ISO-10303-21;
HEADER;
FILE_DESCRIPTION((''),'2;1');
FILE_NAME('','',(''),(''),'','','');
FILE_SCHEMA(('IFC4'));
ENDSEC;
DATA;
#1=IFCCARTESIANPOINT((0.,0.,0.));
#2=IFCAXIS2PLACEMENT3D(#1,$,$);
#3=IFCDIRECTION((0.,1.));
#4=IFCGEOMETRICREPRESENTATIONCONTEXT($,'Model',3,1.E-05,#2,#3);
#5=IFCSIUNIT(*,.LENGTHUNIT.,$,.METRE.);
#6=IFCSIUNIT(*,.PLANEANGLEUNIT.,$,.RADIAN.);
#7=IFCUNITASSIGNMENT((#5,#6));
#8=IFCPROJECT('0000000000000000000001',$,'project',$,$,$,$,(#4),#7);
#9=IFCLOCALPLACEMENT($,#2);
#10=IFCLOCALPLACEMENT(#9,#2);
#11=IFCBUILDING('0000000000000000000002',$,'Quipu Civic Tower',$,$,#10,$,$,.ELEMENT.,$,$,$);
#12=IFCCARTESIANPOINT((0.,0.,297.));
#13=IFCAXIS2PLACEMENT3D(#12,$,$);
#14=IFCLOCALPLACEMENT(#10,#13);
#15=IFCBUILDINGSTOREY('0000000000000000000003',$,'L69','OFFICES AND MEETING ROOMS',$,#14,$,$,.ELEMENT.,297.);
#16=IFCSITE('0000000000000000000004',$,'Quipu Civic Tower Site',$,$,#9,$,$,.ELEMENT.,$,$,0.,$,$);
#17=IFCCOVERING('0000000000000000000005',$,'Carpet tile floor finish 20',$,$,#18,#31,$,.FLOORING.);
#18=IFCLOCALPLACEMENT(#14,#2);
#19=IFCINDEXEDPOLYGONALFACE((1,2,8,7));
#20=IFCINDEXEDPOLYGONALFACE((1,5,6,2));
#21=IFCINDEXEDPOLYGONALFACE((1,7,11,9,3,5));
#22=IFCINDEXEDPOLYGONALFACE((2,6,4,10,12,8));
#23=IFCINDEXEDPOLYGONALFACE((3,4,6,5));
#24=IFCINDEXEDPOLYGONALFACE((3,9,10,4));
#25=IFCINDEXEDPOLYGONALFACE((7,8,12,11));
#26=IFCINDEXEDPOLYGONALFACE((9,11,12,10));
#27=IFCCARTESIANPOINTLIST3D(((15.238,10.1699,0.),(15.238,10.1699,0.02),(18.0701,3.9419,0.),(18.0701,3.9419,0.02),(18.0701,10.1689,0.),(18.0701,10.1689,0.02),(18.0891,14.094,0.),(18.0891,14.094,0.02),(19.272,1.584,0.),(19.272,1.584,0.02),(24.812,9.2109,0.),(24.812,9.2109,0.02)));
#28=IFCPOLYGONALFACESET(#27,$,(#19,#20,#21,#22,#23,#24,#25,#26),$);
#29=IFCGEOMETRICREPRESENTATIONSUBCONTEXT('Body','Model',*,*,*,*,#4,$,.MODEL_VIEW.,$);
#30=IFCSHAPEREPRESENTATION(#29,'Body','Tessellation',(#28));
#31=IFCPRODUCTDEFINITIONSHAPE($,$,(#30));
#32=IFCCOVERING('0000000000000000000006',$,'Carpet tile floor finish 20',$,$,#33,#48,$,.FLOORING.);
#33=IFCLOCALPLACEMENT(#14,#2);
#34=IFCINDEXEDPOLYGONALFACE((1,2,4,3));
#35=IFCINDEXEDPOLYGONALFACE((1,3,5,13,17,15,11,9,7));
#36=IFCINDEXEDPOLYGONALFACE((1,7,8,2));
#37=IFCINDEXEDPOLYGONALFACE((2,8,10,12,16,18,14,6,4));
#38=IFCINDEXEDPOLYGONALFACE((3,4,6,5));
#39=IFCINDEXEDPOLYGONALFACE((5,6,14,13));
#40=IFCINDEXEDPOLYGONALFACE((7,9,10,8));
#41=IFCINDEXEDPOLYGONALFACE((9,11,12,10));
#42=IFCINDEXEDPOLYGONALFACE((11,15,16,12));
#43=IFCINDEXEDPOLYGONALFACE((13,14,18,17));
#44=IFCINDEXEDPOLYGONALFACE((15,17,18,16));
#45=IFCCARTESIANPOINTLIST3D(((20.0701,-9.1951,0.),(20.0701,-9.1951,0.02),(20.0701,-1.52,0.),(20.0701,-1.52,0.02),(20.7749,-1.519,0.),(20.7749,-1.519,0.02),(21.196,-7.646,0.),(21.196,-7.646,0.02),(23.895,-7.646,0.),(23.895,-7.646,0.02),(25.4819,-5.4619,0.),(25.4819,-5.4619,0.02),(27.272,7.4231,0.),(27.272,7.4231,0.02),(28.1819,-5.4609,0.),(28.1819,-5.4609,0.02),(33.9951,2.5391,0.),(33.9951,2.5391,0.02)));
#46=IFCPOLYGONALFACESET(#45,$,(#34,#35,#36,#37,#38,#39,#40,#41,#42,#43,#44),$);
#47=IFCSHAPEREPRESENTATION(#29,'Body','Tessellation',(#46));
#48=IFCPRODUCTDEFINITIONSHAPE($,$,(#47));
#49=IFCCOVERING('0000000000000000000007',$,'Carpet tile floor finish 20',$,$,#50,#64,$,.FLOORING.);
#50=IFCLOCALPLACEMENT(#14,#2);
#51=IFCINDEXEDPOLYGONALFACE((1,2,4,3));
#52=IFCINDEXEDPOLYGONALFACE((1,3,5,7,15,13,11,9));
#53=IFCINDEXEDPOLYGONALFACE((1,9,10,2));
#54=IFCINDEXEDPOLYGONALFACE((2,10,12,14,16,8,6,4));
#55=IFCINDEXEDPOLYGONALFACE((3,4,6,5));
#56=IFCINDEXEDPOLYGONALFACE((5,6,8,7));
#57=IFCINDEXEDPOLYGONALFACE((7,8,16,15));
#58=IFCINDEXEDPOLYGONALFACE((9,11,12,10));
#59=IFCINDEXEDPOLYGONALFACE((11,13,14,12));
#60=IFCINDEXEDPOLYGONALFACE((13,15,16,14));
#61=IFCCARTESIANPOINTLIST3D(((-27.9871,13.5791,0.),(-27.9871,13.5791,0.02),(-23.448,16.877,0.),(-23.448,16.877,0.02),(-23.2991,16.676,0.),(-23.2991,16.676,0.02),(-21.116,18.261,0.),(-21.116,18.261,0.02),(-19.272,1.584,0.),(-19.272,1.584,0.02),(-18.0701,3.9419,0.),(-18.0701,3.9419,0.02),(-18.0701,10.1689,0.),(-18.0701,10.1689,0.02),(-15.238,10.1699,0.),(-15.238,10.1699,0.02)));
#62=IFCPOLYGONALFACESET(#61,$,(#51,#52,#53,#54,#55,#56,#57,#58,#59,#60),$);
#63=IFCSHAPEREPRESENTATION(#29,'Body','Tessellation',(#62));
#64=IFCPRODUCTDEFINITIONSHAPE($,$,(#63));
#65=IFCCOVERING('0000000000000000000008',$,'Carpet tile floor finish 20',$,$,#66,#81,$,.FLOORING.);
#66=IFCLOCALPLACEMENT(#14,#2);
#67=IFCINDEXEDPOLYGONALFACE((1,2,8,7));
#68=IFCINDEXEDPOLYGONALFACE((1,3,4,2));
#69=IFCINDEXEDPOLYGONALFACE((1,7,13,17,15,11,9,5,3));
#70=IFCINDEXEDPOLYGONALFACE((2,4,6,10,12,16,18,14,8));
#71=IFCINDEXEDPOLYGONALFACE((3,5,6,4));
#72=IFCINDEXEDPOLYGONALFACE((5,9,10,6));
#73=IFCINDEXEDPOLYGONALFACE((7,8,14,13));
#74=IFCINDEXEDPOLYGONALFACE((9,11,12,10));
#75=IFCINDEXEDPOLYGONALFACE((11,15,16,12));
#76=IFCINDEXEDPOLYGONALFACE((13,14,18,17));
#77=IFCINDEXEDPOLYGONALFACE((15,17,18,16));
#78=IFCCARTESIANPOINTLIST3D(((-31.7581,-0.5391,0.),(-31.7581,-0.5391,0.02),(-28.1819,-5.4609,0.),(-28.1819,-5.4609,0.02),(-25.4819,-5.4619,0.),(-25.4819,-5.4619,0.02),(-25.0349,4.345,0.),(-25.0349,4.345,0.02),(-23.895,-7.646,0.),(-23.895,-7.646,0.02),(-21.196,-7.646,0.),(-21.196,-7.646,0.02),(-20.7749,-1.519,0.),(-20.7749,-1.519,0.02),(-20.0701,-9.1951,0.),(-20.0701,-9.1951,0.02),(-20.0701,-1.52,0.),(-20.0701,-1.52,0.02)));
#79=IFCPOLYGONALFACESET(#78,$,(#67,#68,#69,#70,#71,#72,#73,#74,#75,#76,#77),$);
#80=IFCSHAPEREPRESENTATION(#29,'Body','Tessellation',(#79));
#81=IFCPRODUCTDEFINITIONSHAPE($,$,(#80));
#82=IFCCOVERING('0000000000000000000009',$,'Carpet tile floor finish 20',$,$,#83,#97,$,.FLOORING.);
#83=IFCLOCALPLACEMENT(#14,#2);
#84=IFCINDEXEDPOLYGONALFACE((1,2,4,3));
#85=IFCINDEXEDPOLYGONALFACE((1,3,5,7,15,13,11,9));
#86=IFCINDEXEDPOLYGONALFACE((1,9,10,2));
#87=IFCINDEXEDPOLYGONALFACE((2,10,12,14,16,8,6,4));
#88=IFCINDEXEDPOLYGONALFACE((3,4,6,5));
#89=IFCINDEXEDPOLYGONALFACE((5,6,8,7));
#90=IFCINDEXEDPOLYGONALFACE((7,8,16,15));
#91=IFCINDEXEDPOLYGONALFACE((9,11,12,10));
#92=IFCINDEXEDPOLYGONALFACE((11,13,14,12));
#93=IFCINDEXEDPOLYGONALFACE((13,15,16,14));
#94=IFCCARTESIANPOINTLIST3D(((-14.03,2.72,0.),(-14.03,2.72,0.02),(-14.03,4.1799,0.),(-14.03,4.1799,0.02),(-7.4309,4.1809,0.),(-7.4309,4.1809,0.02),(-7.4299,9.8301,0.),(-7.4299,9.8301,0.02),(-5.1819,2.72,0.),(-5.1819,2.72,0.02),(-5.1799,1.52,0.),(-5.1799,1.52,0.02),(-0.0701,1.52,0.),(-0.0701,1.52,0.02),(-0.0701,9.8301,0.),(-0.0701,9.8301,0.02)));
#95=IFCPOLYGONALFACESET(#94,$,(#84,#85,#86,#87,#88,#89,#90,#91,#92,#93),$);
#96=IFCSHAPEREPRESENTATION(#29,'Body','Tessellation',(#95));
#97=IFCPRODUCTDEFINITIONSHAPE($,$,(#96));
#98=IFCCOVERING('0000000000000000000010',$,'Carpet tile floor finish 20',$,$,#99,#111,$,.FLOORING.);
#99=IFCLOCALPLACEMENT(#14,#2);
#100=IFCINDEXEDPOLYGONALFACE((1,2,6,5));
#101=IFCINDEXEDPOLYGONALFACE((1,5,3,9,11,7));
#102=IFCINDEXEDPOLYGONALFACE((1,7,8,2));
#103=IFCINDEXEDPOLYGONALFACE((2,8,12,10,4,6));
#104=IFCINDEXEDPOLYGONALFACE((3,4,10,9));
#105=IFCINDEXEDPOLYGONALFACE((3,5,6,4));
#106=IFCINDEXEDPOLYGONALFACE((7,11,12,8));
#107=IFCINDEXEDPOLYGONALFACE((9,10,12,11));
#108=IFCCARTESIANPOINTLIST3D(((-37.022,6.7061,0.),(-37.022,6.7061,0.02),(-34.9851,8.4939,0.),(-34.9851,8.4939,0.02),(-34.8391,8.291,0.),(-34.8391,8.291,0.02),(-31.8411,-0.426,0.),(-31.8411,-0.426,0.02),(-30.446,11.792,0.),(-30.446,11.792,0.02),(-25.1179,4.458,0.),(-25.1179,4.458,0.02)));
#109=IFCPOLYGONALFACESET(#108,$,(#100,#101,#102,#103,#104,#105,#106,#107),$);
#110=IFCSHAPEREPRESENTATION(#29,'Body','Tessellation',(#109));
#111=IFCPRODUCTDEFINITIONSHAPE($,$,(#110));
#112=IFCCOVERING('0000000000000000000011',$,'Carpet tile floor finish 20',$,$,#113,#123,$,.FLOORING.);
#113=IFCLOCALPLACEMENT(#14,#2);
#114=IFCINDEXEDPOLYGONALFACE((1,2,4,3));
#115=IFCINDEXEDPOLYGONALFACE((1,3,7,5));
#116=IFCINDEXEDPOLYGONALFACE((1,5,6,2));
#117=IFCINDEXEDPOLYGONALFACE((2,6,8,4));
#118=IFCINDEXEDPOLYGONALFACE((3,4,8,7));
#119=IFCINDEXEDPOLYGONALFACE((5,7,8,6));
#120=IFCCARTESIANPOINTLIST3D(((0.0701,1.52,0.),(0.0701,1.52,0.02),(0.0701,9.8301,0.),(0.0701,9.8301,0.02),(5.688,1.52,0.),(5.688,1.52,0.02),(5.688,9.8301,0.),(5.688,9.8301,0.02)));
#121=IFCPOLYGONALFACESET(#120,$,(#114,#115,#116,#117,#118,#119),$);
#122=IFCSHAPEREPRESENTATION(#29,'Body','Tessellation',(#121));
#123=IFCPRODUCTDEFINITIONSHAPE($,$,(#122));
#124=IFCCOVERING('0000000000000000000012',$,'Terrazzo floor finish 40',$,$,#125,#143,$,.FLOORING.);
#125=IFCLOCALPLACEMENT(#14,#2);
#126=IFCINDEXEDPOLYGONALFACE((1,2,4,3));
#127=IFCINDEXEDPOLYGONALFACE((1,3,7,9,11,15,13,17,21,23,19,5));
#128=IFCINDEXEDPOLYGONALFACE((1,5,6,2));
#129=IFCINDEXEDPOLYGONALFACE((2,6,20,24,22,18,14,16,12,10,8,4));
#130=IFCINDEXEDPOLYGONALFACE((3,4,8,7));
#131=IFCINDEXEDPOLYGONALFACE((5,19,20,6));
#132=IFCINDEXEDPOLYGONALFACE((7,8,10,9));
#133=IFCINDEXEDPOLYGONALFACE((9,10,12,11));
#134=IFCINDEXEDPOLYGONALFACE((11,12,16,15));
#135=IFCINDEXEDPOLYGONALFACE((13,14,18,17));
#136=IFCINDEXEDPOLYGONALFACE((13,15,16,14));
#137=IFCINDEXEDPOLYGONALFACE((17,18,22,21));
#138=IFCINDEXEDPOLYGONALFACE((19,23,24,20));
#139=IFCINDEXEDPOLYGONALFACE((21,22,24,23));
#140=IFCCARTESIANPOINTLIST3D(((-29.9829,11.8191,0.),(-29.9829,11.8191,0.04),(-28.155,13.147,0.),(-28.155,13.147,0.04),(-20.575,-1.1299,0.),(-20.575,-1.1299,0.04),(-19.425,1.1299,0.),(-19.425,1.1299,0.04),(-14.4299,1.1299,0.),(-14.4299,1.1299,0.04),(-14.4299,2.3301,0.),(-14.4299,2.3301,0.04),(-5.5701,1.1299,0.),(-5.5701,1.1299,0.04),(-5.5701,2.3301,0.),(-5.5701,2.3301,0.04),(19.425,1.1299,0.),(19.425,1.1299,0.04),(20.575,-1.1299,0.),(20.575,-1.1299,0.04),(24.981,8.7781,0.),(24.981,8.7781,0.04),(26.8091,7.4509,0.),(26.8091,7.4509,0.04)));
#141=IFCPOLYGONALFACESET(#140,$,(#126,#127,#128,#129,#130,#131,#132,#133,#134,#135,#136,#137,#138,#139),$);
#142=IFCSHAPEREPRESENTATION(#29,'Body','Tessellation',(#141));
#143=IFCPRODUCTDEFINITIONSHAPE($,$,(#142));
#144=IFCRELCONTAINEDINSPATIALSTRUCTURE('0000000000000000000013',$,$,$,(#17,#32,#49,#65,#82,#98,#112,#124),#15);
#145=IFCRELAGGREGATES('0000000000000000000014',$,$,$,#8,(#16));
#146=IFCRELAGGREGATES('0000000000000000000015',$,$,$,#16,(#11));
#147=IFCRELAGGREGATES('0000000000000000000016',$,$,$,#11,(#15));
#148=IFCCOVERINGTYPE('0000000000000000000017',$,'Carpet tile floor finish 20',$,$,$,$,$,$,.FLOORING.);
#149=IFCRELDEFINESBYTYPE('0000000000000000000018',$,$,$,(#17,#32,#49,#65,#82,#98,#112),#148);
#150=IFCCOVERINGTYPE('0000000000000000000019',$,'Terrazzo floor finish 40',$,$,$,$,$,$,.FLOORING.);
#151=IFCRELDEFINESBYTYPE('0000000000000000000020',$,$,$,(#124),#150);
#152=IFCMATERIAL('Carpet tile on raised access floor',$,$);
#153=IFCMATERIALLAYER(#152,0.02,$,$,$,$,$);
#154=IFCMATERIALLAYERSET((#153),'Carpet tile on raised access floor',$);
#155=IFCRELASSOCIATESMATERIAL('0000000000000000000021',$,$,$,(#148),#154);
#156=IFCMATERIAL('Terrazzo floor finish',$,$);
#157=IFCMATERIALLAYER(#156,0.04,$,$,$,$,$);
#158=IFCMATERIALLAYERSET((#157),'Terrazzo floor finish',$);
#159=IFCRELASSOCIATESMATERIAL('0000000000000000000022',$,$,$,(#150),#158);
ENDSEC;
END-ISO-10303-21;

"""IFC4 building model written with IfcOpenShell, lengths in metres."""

from ifc_helpers import new_model, si_unit, direction, frame, origin, place, context, subcontext, project, spatial, polyline, outline, extrude, material, layer, layer_set, type_object, element, save


model = new_model("IFC4")

# Units and contexts
model_context = context("Model", 3, precision=1e-05, world=origin(), true_north=direction((0.0, 1.0)))
body_context = subcontext(model_context, "Body", "Model", "MODEL_VIEW")
ifc_project = project(units=[si_unit("LENGTHUNIT", "METRE"), si_unit("PLANEANGLEUNIT", "RADIAN")], contexts=[model_context])

# Site, building, storey
site_placement = place(None, origin())
site = spatial("IfcSite", under=ifc_project, at=site_placement, Name="Quipu Civic Tower Site", CompositionType="ELEMENT", RefElevation=0.0)
building_placement = place(site_placement, origin())
building = spatial("IfcBuilding", under=site, at=building_placement, Name="Quipu Civic Tower", CompositionType="ELEMENT")
storey_placement = place(building_placement, frame((0.0, 0.0, 297.0)))
storey = spatial("IfcBuildingStorey", under=building, at=storey_placement, Name="L69", Description="OFFICES AND MEETING ROOMS", CompositionType="ELEMENT", Elevation=297.0)

# Coverings
ifc_material_1 = material(Name="Carpet tile on raised access floor")
ifc_layer_1 = layer(ifc_material_1, 0.02)
ifc_layer_set_1 = layer_set([ifc_layer_1], Name="Carpet tile on raised access floor")
covering_type_1 = type_object("IfcCoveringType", Name="Carpet tile floor finish 20", PredefinedType="FLOORING", material=ifc_layer_set_1)
covering_1_placement = place(storey_placement, origin())
element("IfcCovering", 1, at=covering_1_placement, inside=storey, type_object=covering_type_1, Name="Carpet tile floor finish 20", PredefinedType="FLOORING", context=body_context, shape_type="SweptSolid", body=[
    extrude(outline(polyline([(15.238, 10.1699), (18.0891, 14.094), (24.812, 9.2109), (19.272, 1.584), (18.0701, 3.9419), (18.0701, 10.1689), (15.238, 10.1699)])), origin(), (0.0, 0.0, 1.0), 0.02),
])
covering_2_placement = place(storey_placement, origin())
element("IfcCovering", 2, at=covering_2_placement, inside=storey, type_object=covering_type_1, Name="Carpet tile floor finish 20", PredefinedType="FLOORING", context=body_context, shape_type="SweptSolid", body=[
    extrude(outline(polyline([(20.0701, -9.1951), (20.0701, -1.52), (20.7749, -1.519), (27.272, 7.4231), (33.9951, 2.5391), (28.1819, -5.4609), (25.4819, -5.4619), (23.895, -7.646), (21.196, -7.646), (20.0701, -9.1951)])), origin(), (0.0, 0.0, 1.0), 0.02),
])
covering_3_placement = place(storey_placement, origin())
element("IfcCovering", 3, at=covering_3_placement, inside=storey, type_object=covering_type_1, Name="Carpet tile floor finish 20", PredefinedType="FLOORING", context=body_context, shape_type="SweptSolid", body=[
    extrude(outline(polyline([(-27.9871, 13.5791), (-23.448, 16.877), (-23.2991, 16.676), (-21.116, 18.261), (-15.238, 10.1699), (-18.0701, 10.1689), (-18.0701, 3.9419), (-19.272, 1.584), (-27.9871, 13.5791)])), origin(), (0.0, 0.0, 1.0), 0.02),
])
covering_4_placement = place(storey_placement, origin())
element("IfcCovering", 4, at=covering_4_placement, inside=storey, type_object=covering_type_1, Name="Carpet tile floor finish 20", PredefinedType="FLOORING", context=body_context, shape_type="SweptSolid", body=[
    extrude(outline(polyline([(-31.7581, -0.5391), (-25.0349, 4.345), (-20.7749, -1.519), (-20.0701, -1.52), (-20.0701, -9.1951), (-21.196, -7.646), (-23.895, -7.646), (-25.4819, -5.4619), (-28.1819, -5.4609), (-31.7581, -0.5391)])), origin(), (0.0, 0.0, 1.0), 0.02),
])
covering_5_placement = place(storey_placement, origin())
element("IfcCovering", 5, at=covering_5_placement, inside=storey, type_object=covering_type_1, Name="Carpet tile floor finish 20", PredefinedType="FLOORING", context=body_context, shape_type="SweptSolid", body=[
    extrude(outline(polyline([(-14.03, 2.72), (-14.03, 4.1799), (-7.4309, 4.1809), (-7.4299, 9.8301), (-0.0701, 9.8301), (-0.0701, 1.52), (-5.1799, 1.52), (-5.1819, 2.72), (-14.03, 2.72)])), origin(), (0.0, 0.0, 1.0), 0.02),
])
covering_6_placement = place(storey_placement, origin())
element("IfcCovering", 6, at=covering_6_placement, inside=storey, type_object=covering_type_1, Name="Carpet tile floor finish 20", PredefinedType="FLOORING", context=body_context, shape_type="SweptSolid", body=[
    extrude(outline(polyline([(-37.022, 6.7061), (-34.8391, 8.291), (-34.9851, 8.4939), (-30.446, 11.792), (-25.1179, 4.458), (-31.8411, -0.426), (-37.022, 6.7061)])), origin(), (0.0, 0.0, 1.0), 0.02),
])
covering_7_placement = place(storey_placement, origin())
element("IfcCovering", 7, at=covering_7_placement, inside=storey, type_object=covering_type_1, Name="Carpet tile floor finish 20", PredefinedType="FLOORING", context=body_context, shape_type="SweptSolid", body=[
    extrude(outline(polyline([(0.0701, 9.8301), (5.688, 9.8301), (5.688, 1.52), (0.0701, 1.52), (0.0701, 9.8301)])), origin(), (0.0, 0.0, 1.0), 0.02),
])
ifc_material_2 = material(Name="Terrazzo floor finish")
ifc_layer_2 = layer(ifc_material_2, 0.04)
ifc_layer_set_2 = layer_set([ifc_layer_2], Name="Terrazzo floor finish")
covering_type_2 = type_object("IfcCoveringType", Name="Terrazzo floor finish 40", PredefinedType="FLOORING", material=ifc_layer_set_2)
covering_8_placement = place(storey_placement, origin())
element("IfcCovering", 8, at=covering_8_placement, inside=storey, type_object=covering_type_2, Name="Terrazzo floor finish 40", PredefinedType="FLOORING", context=body_context, shape_type="SweptSolid", body=[
    extrude(outline(polyline([(19.425, 1.1299), (24.981, 8.7781), (26.8091, 7.4509), (20.575, -1.1299), (-20.575, -1.1299), (-29.9829, 11.8191), (-28.155, 13.147), (-19.425, 1.1299), (-14.4299, 1.1299), (-14.4299, 2.3301), (-5.5701, 2.3301), (-5.5701, 1.1299), (19.425, 1.1299)])), origin(), (0.0, 0.0, 1.0), 0.04),
])

save(model, "model.ifc")
